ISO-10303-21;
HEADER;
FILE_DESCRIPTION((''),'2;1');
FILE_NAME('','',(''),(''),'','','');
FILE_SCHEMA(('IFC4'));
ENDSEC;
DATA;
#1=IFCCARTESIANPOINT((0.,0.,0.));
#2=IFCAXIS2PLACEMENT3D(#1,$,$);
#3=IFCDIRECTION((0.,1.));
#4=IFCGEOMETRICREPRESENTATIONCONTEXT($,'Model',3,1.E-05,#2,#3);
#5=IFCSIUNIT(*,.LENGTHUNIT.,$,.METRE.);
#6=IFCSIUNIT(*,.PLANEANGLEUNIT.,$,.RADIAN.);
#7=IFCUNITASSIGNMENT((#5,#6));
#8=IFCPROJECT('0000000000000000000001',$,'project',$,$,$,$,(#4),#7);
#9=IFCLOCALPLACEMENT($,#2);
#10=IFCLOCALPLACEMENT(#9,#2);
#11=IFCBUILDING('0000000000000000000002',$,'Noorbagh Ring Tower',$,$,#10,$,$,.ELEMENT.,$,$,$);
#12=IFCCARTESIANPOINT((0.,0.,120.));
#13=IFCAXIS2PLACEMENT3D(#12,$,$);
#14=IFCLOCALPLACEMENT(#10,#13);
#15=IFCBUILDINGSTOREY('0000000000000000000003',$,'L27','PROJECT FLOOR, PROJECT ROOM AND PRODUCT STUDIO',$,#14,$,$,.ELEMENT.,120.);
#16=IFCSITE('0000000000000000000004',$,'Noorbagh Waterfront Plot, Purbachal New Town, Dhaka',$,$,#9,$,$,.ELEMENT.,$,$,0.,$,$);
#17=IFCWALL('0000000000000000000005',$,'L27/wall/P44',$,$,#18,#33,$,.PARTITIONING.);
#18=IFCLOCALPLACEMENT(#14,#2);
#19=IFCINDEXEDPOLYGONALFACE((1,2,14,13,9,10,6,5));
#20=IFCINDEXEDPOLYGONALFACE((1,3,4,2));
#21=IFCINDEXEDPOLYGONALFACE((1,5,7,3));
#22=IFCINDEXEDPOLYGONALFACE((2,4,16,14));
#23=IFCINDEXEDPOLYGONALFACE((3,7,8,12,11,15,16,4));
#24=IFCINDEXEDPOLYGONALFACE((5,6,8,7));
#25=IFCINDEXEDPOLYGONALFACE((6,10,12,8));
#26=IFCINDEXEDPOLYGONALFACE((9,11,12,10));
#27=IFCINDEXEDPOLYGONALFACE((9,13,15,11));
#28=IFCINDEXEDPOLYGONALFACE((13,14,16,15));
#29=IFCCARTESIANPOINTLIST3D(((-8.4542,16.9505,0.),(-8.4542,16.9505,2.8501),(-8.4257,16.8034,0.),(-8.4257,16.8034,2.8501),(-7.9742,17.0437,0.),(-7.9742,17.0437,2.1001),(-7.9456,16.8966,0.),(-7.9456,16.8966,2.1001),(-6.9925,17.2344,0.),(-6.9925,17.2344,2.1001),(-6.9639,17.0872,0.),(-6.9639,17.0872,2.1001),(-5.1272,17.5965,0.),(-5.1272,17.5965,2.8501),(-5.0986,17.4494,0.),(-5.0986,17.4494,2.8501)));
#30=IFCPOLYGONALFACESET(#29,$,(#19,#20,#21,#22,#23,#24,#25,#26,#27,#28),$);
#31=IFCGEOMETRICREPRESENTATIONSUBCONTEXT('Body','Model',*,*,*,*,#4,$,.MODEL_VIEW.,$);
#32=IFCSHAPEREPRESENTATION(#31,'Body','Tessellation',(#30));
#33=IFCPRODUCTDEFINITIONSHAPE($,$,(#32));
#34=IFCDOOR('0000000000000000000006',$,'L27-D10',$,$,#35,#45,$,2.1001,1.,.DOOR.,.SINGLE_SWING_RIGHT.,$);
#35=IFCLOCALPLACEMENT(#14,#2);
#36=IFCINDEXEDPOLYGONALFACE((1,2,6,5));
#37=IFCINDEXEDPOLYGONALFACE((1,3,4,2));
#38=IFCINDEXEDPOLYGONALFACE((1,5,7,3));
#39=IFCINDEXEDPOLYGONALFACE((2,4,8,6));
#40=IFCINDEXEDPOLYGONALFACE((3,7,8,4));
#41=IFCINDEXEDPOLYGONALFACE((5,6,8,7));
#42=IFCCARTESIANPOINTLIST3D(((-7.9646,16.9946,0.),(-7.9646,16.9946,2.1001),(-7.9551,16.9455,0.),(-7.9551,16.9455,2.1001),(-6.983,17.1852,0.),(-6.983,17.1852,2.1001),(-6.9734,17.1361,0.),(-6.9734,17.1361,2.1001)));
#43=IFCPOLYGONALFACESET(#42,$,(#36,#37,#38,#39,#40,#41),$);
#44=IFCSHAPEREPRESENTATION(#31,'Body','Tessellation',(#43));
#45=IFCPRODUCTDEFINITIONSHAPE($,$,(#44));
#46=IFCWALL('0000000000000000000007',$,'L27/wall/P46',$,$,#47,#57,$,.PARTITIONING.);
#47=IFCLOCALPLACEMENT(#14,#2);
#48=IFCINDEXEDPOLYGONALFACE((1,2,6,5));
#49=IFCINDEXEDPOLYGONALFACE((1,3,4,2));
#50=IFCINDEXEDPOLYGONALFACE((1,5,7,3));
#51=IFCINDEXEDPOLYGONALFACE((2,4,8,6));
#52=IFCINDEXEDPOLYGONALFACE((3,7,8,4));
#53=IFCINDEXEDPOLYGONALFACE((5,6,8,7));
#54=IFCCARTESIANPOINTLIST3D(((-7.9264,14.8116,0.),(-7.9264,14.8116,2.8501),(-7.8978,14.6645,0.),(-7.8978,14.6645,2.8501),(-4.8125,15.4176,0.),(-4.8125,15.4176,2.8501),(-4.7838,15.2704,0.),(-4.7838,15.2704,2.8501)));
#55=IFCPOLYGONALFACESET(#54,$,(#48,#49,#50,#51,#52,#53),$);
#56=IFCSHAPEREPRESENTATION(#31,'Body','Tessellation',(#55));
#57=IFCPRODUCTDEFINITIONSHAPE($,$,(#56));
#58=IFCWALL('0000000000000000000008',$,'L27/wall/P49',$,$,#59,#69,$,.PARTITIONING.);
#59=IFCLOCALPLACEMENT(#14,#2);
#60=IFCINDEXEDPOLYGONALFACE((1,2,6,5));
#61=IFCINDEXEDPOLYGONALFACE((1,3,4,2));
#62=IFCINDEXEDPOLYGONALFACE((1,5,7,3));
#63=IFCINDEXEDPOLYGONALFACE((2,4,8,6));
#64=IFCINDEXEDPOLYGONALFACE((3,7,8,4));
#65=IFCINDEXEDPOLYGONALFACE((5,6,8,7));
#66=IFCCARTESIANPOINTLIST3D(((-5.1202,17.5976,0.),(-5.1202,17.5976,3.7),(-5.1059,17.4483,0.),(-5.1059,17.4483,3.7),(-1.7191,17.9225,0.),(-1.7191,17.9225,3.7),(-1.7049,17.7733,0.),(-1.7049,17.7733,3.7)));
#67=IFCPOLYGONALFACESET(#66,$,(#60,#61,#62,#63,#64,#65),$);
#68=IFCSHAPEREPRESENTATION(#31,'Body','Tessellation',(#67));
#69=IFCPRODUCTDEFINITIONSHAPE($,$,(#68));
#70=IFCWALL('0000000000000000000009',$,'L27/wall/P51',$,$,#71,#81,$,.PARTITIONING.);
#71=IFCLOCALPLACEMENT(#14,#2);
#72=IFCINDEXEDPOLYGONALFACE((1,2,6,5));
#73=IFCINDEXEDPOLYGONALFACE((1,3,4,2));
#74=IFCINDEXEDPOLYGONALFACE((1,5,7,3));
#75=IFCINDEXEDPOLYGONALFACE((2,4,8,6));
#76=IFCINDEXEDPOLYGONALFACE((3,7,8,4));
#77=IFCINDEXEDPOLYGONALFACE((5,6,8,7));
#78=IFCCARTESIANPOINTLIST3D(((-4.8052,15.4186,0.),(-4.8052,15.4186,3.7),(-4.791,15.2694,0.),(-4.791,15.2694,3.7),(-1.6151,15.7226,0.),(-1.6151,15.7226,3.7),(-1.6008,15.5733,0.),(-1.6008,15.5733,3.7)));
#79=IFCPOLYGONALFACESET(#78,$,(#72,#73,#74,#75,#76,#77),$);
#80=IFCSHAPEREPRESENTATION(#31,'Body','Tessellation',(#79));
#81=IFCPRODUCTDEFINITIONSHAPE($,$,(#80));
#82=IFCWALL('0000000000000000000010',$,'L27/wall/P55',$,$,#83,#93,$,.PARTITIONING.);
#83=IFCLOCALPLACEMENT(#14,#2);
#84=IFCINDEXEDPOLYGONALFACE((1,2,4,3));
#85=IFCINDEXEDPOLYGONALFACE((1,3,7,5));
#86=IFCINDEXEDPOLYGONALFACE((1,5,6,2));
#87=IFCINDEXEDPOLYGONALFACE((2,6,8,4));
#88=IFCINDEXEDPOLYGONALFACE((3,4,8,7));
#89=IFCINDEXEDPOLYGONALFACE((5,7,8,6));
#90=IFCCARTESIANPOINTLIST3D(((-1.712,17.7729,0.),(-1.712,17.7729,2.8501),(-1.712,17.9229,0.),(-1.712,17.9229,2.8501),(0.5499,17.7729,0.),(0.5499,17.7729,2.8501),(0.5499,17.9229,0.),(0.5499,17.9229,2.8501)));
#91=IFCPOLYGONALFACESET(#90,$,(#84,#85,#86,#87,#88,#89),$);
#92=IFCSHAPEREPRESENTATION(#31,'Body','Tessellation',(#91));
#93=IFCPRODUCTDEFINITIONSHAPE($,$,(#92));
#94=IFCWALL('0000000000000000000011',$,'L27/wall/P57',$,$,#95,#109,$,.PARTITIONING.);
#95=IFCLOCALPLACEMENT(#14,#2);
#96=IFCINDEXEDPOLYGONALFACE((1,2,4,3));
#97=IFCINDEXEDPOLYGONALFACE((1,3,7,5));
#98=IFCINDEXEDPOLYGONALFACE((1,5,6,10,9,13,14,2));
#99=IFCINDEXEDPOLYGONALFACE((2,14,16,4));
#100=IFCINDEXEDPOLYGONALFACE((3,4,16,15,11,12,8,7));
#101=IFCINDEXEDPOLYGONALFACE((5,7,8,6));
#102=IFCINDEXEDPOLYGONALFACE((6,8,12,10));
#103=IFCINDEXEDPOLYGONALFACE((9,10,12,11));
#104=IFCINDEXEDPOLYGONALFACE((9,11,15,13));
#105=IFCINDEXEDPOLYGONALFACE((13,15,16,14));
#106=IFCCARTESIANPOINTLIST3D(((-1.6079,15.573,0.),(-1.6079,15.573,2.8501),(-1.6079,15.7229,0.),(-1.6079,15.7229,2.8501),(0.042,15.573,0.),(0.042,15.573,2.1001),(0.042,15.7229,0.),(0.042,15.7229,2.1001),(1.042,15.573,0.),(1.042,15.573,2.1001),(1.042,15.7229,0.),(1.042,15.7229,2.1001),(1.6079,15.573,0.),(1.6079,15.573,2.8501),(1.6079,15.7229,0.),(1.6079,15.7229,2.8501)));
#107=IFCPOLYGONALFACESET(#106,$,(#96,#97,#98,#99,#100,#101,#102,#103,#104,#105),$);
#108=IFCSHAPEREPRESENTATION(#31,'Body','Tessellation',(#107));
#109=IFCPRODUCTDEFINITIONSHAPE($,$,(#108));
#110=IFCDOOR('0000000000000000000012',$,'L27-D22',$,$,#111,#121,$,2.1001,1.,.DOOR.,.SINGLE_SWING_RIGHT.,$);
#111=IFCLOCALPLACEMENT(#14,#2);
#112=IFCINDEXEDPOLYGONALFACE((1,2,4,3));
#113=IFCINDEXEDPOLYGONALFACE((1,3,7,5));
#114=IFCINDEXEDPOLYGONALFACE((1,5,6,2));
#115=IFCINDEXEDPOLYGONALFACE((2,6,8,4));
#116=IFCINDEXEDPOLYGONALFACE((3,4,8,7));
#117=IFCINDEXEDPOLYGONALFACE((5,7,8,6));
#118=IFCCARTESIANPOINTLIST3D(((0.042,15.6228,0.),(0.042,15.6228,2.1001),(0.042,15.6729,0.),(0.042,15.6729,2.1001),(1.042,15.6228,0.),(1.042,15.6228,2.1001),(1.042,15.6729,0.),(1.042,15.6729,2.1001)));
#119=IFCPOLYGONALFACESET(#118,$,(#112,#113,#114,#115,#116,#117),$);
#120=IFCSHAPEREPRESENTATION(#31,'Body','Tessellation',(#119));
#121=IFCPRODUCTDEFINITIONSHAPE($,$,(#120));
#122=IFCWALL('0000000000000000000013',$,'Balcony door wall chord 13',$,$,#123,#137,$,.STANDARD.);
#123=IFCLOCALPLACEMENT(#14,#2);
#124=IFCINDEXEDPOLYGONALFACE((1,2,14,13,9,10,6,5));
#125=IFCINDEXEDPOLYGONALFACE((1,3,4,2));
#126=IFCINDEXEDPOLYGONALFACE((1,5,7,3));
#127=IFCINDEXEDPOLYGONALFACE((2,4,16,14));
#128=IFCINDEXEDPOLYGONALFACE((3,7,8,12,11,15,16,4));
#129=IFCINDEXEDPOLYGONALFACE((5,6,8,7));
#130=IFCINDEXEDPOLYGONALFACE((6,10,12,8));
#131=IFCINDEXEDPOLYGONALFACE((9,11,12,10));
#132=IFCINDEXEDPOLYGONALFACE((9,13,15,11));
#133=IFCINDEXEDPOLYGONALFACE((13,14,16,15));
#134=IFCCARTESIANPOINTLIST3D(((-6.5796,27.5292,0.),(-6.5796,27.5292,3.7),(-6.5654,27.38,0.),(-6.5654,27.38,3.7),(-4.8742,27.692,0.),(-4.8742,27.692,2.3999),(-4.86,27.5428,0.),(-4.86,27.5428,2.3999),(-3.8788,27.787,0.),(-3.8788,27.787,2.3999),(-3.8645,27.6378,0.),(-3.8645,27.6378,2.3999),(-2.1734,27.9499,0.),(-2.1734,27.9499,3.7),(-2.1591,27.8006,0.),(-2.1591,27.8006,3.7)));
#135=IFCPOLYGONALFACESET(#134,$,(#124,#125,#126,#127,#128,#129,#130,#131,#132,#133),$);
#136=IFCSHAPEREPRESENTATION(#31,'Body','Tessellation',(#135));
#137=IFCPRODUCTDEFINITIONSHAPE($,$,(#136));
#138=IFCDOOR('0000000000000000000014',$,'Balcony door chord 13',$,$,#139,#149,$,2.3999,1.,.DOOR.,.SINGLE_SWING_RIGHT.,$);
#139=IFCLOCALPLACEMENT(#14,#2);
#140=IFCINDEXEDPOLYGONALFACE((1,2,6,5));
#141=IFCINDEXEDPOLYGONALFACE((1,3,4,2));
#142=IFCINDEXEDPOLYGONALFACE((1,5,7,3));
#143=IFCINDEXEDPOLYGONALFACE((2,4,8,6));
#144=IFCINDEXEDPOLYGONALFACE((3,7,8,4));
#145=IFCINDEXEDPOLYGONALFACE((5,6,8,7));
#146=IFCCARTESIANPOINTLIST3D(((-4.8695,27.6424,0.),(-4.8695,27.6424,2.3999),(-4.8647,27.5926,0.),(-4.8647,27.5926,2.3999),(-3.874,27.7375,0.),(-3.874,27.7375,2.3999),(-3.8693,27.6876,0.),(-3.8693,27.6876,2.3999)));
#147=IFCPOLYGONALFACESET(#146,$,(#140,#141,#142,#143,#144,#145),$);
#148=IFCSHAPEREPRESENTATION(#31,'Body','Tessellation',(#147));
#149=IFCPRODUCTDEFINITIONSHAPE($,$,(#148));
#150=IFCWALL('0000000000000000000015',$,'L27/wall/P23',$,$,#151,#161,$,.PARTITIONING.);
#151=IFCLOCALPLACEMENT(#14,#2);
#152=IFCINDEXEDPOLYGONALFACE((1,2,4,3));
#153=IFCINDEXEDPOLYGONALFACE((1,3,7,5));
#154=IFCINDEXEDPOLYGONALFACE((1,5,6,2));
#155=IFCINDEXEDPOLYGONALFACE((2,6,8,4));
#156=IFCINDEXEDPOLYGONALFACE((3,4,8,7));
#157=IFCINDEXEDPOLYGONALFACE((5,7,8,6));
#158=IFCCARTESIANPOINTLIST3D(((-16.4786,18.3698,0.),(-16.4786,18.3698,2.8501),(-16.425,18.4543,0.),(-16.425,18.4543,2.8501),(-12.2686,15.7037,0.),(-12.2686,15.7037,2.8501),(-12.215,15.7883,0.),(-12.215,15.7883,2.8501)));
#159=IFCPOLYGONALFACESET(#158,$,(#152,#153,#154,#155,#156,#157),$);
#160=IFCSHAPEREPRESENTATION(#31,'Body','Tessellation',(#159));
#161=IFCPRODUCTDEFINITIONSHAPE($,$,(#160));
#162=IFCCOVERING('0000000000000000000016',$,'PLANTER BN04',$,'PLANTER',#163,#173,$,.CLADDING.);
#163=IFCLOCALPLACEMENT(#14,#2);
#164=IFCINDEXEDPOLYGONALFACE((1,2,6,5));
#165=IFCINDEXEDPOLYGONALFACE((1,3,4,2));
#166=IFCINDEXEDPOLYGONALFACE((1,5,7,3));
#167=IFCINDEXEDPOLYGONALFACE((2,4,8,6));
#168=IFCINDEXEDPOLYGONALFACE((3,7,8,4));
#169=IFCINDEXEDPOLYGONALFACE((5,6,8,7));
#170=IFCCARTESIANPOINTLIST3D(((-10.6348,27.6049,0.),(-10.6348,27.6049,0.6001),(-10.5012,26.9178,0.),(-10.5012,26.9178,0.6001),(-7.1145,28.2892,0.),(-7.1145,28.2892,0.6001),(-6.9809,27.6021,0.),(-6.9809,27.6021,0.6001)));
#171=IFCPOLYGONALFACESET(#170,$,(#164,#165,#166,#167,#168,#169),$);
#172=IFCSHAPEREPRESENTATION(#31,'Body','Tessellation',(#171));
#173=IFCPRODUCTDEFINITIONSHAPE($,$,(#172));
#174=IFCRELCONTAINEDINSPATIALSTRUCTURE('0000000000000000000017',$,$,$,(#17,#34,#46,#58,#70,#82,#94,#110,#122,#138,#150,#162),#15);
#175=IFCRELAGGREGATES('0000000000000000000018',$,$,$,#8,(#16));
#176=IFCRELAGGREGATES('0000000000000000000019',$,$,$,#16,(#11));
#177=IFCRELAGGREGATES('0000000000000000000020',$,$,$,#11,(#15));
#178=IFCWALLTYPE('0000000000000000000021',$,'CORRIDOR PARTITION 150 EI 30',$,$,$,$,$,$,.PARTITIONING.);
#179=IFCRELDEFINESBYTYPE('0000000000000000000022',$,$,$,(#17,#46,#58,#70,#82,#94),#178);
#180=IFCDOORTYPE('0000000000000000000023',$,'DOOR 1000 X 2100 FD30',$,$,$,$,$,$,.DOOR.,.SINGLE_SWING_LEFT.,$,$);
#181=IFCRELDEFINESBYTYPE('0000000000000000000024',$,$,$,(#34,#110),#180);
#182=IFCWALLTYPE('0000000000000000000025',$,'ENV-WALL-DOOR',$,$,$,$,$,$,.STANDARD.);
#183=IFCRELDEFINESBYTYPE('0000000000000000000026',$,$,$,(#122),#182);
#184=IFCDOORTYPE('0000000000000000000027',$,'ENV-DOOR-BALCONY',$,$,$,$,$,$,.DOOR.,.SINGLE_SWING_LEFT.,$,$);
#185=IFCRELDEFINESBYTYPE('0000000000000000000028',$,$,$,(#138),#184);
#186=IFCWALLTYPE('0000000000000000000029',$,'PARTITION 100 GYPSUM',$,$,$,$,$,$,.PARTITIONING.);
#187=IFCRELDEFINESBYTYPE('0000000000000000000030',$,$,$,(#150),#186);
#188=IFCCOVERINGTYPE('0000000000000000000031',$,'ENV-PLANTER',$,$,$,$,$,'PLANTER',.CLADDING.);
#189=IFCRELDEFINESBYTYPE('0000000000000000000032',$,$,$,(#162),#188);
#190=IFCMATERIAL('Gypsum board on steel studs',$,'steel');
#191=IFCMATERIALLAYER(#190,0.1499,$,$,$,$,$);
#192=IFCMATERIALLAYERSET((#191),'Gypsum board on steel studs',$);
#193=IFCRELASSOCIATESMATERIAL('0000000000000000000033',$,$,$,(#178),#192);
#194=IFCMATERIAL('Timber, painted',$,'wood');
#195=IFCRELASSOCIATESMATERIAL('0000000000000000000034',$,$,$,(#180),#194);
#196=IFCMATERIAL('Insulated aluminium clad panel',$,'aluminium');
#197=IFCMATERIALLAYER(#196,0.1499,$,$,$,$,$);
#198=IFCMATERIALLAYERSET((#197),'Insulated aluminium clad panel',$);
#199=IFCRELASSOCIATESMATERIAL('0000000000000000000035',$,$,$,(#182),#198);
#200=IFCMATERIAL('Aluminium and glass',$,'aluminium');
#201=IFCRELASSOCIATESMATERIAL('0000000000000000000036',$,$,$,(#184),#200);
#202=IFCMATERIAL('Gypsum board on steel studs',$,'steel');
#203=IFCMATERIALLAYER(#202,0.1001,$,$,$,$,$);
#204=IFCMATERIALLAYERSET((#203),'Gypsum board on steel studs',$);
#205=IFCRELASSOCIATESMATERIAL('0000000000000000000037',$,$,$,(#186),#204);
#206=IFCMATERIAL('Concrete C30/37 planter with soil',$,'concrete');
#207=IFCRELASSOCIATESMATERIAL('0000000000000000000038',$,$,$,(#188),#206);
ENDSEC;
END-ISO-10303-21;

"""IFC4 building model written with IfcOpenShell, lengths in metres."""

from ifc_helpers import new_model, si_unit, direction, frame, frame_2d, origin, origin_2d, place, context, subcontext, project, spatial, rectangle, extrude, material, layer, layer_set, type_object, element, fill, save


model = new_model("IFC4")

# Units and contexts
model_context = context("Model", 3, precision=1e-05, world=origin(), true_north=direction((0.0, 1.0)))
body_context = subcontext(model_context, "Body", "Model", "MODEL_VIEW")
ifc_project = project(units=[si_unit("LENGTHUNIT", "METRE"), si_unit("PLANEANGLEUNIT", "RADIAN")], contexts=[model_context])

# Site, building, storey
site_placement = place(None, origin())
site = spatial("IfcSite", under=ifc_project, at=site_placement, Name="Noorbagh Waterfront Plot, Purbachal New Town, Dhaka", CompositionType="ELEMENT", RefElevation=0.0)
building_placement = place(site_placement, origin())
building = spatial("IfcBuilding", under=site, at=building_placement, Name="Noorbagh Ring Tower", CompositionType="ELEMENT")
storey_placement = place(building_placement, frame((0.0, 0.0, 120.0)))
storey = spatial("IfcBuildingStorey", under=building, at=storey_placement, Name="L27", Description="PROJECT FLOOR, PROJECT ROOM AND PRODUCT STUDIO", CompositionType="ELEMENT", Elevation=120.0)

# Shared definitions
ifc_material_1 = material(Name="Gypsum board on steel studs", Category="steel")
ifc_layer_1 = layer(ifc_material_1, 0.1499)
ifc_layer_set_1 = layer_set([ifc_layer_1], Name="Gypsum board on steel studs")
wall_type_1 = type_object("IfcWallType", Name="CORRIDOR PARTITION 150 EI 30", PredefinedType="PARTITIONING", material=ifc_layer_set_1)

# Wall, opening, door
wall_1_placement = place(storey_placement, frame((-8.4399, 16.877, 0.0), z_axis=(0.0, 0.0, 1.0), x_axis=(0.981665, 0.190613, 0.0)))
wall_1 = element("IfcWall", 1, at=wall_1_placement, inside=storey, type_object=wall_type_1, Name="L27/wall/P44", PredefinedType="PARTITIONING", context=body_context, shape_type="SweptSolid", body=[
    extrude(rectangle(XDim=3.3892, YDim=0.1499, at=frame_2d((1.6946, 0.0))), origin(), (0.0, 0.0, 1.0), 2.8501),
])
opening_1_placement = place(wall_1_placement, frame((0.489, 0.0, 0.0)))
opening_1 = element("IfcOpeningElement", 2, at=opening_1_placement, cuts=wall_1, PredefinedType="OPENING", context=body_context, shape_type="SweptSolid", body=[
    extrude(rectangle(XDim=1.0, YDim=2.1001, at=frame_2d((0.5, 1.05))), frame((0.0, 0.085, 0.0), z_axis=(0.0, -1.0, 0.0), x_axis=(1.0, 0.0, 0.0)), (0.0, 0.0, 1.0), 0.1699),
])
ifc_material_2 = material(Name="Timber, painted", Category="wood")
door_type_1 = type_object("IfcDoorType", Name="DOOR 1000 X 2100 FD30", OperationType="SINGLE_SWING_LEFT", PredefinedType="DOOR", material=ifc_material_2)
door_1_placement = place(opening_1_placement, origin())
door_1 = element("IfcDoor", 3, at=door_1_placement, inside=storey, type_object=door_type_1, Name="L27-D10", OperationType="SINGLE_SWING_RIGHT", OverallHeight=2.1001, OverallWidth=1.0, PredefinedType="DOOR", context=body_context, shape_type="SweptSolid", body=[
    extrude(rectangle(XDim=1.0, YDim=2.1001, at=frame_2d((0.5, 1.05))), frame((0.0, 0.0249, 0.0), z_axis=(0.0, -1.0, 0.0), x_axis=(1.0, 0.0, 0.0)), (0.0, 0.0, 1.0), 0.05),
])
fill(opening_1, door_1)

# Walls
wall_2_placement = place(storey_placement, frame((-7.9121, 14.738, 0.0), z_axis=(0.0, 0.0, 1.0), x_axis=(0.981589, 0.191008, 0.0)))
element("IfcWall", 4, at=wall_2_placement, inside=storey, type_object=wall_type_1, Name="L27/wall/P46", PredefinedType="PARTITIONING", context=body_context, shape_type="SweptSolid", body=[
    extrude(rectangle(XDim=3.1724, YDim=0.1499, at=frame_2d((1.5862, 0.0))), origin(), (0.0, 0.0, 1.0), 2.8501),
])
wall_3_placement = place(storey_placement, frame((-5.113, 17.5229, 0.0), z_axis=(0.0, 0.0, 1.0), x_axis=(0.995467, 0.095109, 0.0)))
element("IfcWall", 5, at=wall_3_placement, inside=storey, type_object=wall_type_1, Name="L27/wall/P49", PredefinedType="PARTITIONING", context=body_context, shape_type="SweptSolid", body=[
    extrude(rectangle(XDim=3.4165, YDim=0.1499, at=frame_2d((1.7083, 0.0))), origin(), (0.0, 0.0, 1.0), 3.7),
])
wall_4_placement = place(storey_placement, frame((-4.7981, 15.344, 0.0), z_axis=(0.0, 0.0, 1.0), x_axis=(0.995492, 0.094849, 0.0)))
element("IfcWall", 6, at=wall_4_placement, inside=storey, type_object=wall_type_1, Name="L27/wall/P51", PredefinedType="PARTITIONING", context=body_context, shape_type="SweptSolid", body=[
    extrude(rectangle(XDim=3.2046, YDim=0.1499, at=frame_2d((1.6023, 0.0))), origin(), (0.0, 0.0, 1.0), 3.7),
])
wall_5_placement = place(storey_placement, frame((-1.7119, 17.8479, 0.0), z_axis=(0.0, 0.0, 1.0), x_axis=(1.0, 0.0, 0.0)))
element("IfcWall", 7, at=wall_5_placement, inside=storey, type_object=wall_type_1, Name="L27/wall/P55", PredefinedType="PARTITIONING", context=body_context, shape_type="SweptSolid", body=[
    extrude(rectangle(XDim=2.262, YDim=0.1499, at=frame_2d((1.1309, 0.0))), origin(), (0.0, 0.0, 1.0), 2.8501),
])

# Walls, openings, doors
wall_6_placement = place(storey_placement, frame((-1.6079, 15.6479, 0.0), z_axis=(0.0, 0.0, 1.0), x_axis=(1.0, 0.0, 0.0)))
wall_6 = element("IfcWall", 8, at=wall_6_placement, inside=storey, type_object=wall_type_1, Name="L27/wall/P57", PredefinedType="PARTITIONING", context=body_context, shape_type="SweptSolid", body=[
    extrude(rectangle(XDim=3.2158, YDim=0.1499, at=frame_2d((1.6079, 0.0))), origin(), (0.0, 0.0, 1.0), 2.8501),
])
opening_2_placement = place(wall_6_placement, frame((1.6499, 0.0, 0.0)))
opening_2 = element("IfcOpeningElement", 9, at=opening_2_placement, cuts=wall_6, PredefinedType="OPENING", context=body_context, shape_type="SweptSolid", body=[
    extrude(rectangle(XDim=1.0, YDim=2.1001, at=frame_2d((0.5, 1.05))), frame((0.0, 0.085, 0.0), z_axis=(0.0, -1.0, 0.0), x_axis=(1.0, 0.0, 0.0)), (0.0, 0.0, 1.0), 0.1699),
])
door_2_placement = place(opening_2_placement, origin())
door_2 = element("IfcDoor", 10, at=door_2_placement, inside=storey, type_object=door_type_1, Name="L27-D22", OperationType="SINGLE_SWING_RIGHT", OverallHeight=2.1001, OverallWidth=1.0, PredefinedType="DOOR", context=body_context, shape_type="SweptSolid", body=[
    extrude(rectangle(XDim=1.0, YDim=2.1001, at=frame_2d((0.5, 1.05))), frame((0.0, 0.0249, 0.0), z_axis=(0.0, -1.0, 0.0), x_axis=(1.0, 0.0, 0.0)), (0.0, 0.0, 1.0), 0.05),
])
fill(opening_2, door_2)
ifc_material_3 = material(Name="Insulated aluminium clad panel", Category="aluminium")
ifc_layer_2 = layer(ifc_material_3, 0.1499)
ifc_layer_set_2 = layer_set([ifc_layer_2], Name="Insulated aluminium clad panel")
wall_type_2 = type_object("IfcWallType", Name="ENV-WALL-DOOR", PredefinedType="STANDARD", material=ifc_layer_set_2)
wall_7_placement = place(storey_placement, frame((-2.1663, 27.8752, 0.0), z_axis=(0.0, 0.0, 1.0), x_axis=(-0.995474, -0.095036, 0.0)))
wall_7 = element("IfcWall", 11, at=wall_7_placement, inside=storey, type_object=wall_type_2, Name="Balcony door wall chord 13", PredefinedType="STANDARD", context=body_context, shape_type="SweptSolid", body=[
    extrude(rectangle(XDim=4.4263, YDim=0.1499, at=frame_2d((2.2131, 0.0))), origin(), (0.0, 0.0, 1.0), 3.7),
])
opening_3_placement = place(wall_7_placement, frame((1.7131, 0.0, 0.0)))
opening_3 = element("IfcOpeningElement", 12, at=opening_3_placement, cuts=wall_7, PredefinedType="OPENING", context=body_context, shape_type="SweptSolid", body=[
    extrude(rectangle(XDim=1.0, YDim=2.3999, at=frame_2d((0.5, 1.2))), frame((0.0, 0.085, 0.0), z_axis=(0.0, -1.0, 0.0), x_axis=(1.0, 0.0, 0.0)), (0.0, 0.0, 1.0), 0.1699),
])
ifc_material_4 = material(Name="Aluminium and glass", Category="aluminium")
door_type_2 = type_object("IfcDoorType", Name="ENV-DOOR-BALCONY", OperationType="SINGLE_SWING_LEFT", PredefinedType="DOOR", material=ifc_material_4)
door_3_placement = place(opening_3_placement, origin())
door_3 = element("IfcDoor", 13, at=door_3_placement, inside=storey, type_object=door_type_2, Name="Balcony door chord 13", OperationType="SINGLE_SWING_RIGHT", OverallHeight=2.3999, OverallWidth=1.0, PredefinedType="DOOR", context=body_context, shape_type="SweptSolid", body=[
    extrude(rectangle(XDim=1.0, YDim=2.3999, at=frame_2d((0.5, 1.2))), frame((0.0, 0.0249, 0.0), z_axis=(0.0, -1.0, 0.0), x_axis=(1.0, 0.0, 0.0)), (0.0, 0.0, 1.0), 0.05),
])
fill(opening_3, door_3)

# Wall
ifc_material_5 = material(Name="Gypsum board on steel studs", Category="steel")
ifc_layer_3 = layer(ifc_material_5, 0.1001)
ifc_layer_set_3 = layer_set([ifc_layer_3], Name="Gypsum board on steel studs")
wall_type_3 = type_object("IfcWallType", Name="PARTITION 100 GYPSUM", PredefinedType="PARTITIONING", material=ifc_layer_set_3)
wall_8_placement = place(storey_placement, frame((-16.4519, 18.4121, 0.0), z_axis=(0.0, 0.0, 1.0), x_axis=(0.844846, -0.53501, 0.0)))
element("IfcWall", 14, at=wall_8_placement, inside=storey, type_object=wall_type_3, Name="L27/wall/P23", PredefinedType="PARTITIONING", context=body_context, shape_type="SweptSolid", body=[
    extrude(rectangle(XDim=4.9832, YDim=0.1001, at=frame_2d((2.4917, 0.0))), origin(), (0.0, 0.0, 1.0), 2.8501),
])

# Covering
ifc_material_6 = material(Name="Concrete C30/37 planter with soil", Category="concrete")
covering_type = type_object("IfcCoveringType", Name="ENV-PLANTER", ElementType="PLANTER", PredefinedType="CLADDING", material=ifc_material_6)
covering_placement = place(storey_placement, frame((-8.8079, 27.6035, 0.0), z_axis=(0.0, 0.0, 1.0), x_axis=(-0.981625, -0.19082, 0.0)))
element("IfcCovering", 15, at=covering_placement, inside=storey, type_object=covering_type, Name="PLANTER BN04", ObjectType="PLANTER", PredefinedType="CLADDING", context=body_context, shape_type="SweptSolid", body=[
    extrude(rectangle(XDim=3.5862, YDim=0.7, at=origin_2d()), origin(), (0.0, 0.0, 1.0), 0.6001),
])

save(model, "model.ifc")
